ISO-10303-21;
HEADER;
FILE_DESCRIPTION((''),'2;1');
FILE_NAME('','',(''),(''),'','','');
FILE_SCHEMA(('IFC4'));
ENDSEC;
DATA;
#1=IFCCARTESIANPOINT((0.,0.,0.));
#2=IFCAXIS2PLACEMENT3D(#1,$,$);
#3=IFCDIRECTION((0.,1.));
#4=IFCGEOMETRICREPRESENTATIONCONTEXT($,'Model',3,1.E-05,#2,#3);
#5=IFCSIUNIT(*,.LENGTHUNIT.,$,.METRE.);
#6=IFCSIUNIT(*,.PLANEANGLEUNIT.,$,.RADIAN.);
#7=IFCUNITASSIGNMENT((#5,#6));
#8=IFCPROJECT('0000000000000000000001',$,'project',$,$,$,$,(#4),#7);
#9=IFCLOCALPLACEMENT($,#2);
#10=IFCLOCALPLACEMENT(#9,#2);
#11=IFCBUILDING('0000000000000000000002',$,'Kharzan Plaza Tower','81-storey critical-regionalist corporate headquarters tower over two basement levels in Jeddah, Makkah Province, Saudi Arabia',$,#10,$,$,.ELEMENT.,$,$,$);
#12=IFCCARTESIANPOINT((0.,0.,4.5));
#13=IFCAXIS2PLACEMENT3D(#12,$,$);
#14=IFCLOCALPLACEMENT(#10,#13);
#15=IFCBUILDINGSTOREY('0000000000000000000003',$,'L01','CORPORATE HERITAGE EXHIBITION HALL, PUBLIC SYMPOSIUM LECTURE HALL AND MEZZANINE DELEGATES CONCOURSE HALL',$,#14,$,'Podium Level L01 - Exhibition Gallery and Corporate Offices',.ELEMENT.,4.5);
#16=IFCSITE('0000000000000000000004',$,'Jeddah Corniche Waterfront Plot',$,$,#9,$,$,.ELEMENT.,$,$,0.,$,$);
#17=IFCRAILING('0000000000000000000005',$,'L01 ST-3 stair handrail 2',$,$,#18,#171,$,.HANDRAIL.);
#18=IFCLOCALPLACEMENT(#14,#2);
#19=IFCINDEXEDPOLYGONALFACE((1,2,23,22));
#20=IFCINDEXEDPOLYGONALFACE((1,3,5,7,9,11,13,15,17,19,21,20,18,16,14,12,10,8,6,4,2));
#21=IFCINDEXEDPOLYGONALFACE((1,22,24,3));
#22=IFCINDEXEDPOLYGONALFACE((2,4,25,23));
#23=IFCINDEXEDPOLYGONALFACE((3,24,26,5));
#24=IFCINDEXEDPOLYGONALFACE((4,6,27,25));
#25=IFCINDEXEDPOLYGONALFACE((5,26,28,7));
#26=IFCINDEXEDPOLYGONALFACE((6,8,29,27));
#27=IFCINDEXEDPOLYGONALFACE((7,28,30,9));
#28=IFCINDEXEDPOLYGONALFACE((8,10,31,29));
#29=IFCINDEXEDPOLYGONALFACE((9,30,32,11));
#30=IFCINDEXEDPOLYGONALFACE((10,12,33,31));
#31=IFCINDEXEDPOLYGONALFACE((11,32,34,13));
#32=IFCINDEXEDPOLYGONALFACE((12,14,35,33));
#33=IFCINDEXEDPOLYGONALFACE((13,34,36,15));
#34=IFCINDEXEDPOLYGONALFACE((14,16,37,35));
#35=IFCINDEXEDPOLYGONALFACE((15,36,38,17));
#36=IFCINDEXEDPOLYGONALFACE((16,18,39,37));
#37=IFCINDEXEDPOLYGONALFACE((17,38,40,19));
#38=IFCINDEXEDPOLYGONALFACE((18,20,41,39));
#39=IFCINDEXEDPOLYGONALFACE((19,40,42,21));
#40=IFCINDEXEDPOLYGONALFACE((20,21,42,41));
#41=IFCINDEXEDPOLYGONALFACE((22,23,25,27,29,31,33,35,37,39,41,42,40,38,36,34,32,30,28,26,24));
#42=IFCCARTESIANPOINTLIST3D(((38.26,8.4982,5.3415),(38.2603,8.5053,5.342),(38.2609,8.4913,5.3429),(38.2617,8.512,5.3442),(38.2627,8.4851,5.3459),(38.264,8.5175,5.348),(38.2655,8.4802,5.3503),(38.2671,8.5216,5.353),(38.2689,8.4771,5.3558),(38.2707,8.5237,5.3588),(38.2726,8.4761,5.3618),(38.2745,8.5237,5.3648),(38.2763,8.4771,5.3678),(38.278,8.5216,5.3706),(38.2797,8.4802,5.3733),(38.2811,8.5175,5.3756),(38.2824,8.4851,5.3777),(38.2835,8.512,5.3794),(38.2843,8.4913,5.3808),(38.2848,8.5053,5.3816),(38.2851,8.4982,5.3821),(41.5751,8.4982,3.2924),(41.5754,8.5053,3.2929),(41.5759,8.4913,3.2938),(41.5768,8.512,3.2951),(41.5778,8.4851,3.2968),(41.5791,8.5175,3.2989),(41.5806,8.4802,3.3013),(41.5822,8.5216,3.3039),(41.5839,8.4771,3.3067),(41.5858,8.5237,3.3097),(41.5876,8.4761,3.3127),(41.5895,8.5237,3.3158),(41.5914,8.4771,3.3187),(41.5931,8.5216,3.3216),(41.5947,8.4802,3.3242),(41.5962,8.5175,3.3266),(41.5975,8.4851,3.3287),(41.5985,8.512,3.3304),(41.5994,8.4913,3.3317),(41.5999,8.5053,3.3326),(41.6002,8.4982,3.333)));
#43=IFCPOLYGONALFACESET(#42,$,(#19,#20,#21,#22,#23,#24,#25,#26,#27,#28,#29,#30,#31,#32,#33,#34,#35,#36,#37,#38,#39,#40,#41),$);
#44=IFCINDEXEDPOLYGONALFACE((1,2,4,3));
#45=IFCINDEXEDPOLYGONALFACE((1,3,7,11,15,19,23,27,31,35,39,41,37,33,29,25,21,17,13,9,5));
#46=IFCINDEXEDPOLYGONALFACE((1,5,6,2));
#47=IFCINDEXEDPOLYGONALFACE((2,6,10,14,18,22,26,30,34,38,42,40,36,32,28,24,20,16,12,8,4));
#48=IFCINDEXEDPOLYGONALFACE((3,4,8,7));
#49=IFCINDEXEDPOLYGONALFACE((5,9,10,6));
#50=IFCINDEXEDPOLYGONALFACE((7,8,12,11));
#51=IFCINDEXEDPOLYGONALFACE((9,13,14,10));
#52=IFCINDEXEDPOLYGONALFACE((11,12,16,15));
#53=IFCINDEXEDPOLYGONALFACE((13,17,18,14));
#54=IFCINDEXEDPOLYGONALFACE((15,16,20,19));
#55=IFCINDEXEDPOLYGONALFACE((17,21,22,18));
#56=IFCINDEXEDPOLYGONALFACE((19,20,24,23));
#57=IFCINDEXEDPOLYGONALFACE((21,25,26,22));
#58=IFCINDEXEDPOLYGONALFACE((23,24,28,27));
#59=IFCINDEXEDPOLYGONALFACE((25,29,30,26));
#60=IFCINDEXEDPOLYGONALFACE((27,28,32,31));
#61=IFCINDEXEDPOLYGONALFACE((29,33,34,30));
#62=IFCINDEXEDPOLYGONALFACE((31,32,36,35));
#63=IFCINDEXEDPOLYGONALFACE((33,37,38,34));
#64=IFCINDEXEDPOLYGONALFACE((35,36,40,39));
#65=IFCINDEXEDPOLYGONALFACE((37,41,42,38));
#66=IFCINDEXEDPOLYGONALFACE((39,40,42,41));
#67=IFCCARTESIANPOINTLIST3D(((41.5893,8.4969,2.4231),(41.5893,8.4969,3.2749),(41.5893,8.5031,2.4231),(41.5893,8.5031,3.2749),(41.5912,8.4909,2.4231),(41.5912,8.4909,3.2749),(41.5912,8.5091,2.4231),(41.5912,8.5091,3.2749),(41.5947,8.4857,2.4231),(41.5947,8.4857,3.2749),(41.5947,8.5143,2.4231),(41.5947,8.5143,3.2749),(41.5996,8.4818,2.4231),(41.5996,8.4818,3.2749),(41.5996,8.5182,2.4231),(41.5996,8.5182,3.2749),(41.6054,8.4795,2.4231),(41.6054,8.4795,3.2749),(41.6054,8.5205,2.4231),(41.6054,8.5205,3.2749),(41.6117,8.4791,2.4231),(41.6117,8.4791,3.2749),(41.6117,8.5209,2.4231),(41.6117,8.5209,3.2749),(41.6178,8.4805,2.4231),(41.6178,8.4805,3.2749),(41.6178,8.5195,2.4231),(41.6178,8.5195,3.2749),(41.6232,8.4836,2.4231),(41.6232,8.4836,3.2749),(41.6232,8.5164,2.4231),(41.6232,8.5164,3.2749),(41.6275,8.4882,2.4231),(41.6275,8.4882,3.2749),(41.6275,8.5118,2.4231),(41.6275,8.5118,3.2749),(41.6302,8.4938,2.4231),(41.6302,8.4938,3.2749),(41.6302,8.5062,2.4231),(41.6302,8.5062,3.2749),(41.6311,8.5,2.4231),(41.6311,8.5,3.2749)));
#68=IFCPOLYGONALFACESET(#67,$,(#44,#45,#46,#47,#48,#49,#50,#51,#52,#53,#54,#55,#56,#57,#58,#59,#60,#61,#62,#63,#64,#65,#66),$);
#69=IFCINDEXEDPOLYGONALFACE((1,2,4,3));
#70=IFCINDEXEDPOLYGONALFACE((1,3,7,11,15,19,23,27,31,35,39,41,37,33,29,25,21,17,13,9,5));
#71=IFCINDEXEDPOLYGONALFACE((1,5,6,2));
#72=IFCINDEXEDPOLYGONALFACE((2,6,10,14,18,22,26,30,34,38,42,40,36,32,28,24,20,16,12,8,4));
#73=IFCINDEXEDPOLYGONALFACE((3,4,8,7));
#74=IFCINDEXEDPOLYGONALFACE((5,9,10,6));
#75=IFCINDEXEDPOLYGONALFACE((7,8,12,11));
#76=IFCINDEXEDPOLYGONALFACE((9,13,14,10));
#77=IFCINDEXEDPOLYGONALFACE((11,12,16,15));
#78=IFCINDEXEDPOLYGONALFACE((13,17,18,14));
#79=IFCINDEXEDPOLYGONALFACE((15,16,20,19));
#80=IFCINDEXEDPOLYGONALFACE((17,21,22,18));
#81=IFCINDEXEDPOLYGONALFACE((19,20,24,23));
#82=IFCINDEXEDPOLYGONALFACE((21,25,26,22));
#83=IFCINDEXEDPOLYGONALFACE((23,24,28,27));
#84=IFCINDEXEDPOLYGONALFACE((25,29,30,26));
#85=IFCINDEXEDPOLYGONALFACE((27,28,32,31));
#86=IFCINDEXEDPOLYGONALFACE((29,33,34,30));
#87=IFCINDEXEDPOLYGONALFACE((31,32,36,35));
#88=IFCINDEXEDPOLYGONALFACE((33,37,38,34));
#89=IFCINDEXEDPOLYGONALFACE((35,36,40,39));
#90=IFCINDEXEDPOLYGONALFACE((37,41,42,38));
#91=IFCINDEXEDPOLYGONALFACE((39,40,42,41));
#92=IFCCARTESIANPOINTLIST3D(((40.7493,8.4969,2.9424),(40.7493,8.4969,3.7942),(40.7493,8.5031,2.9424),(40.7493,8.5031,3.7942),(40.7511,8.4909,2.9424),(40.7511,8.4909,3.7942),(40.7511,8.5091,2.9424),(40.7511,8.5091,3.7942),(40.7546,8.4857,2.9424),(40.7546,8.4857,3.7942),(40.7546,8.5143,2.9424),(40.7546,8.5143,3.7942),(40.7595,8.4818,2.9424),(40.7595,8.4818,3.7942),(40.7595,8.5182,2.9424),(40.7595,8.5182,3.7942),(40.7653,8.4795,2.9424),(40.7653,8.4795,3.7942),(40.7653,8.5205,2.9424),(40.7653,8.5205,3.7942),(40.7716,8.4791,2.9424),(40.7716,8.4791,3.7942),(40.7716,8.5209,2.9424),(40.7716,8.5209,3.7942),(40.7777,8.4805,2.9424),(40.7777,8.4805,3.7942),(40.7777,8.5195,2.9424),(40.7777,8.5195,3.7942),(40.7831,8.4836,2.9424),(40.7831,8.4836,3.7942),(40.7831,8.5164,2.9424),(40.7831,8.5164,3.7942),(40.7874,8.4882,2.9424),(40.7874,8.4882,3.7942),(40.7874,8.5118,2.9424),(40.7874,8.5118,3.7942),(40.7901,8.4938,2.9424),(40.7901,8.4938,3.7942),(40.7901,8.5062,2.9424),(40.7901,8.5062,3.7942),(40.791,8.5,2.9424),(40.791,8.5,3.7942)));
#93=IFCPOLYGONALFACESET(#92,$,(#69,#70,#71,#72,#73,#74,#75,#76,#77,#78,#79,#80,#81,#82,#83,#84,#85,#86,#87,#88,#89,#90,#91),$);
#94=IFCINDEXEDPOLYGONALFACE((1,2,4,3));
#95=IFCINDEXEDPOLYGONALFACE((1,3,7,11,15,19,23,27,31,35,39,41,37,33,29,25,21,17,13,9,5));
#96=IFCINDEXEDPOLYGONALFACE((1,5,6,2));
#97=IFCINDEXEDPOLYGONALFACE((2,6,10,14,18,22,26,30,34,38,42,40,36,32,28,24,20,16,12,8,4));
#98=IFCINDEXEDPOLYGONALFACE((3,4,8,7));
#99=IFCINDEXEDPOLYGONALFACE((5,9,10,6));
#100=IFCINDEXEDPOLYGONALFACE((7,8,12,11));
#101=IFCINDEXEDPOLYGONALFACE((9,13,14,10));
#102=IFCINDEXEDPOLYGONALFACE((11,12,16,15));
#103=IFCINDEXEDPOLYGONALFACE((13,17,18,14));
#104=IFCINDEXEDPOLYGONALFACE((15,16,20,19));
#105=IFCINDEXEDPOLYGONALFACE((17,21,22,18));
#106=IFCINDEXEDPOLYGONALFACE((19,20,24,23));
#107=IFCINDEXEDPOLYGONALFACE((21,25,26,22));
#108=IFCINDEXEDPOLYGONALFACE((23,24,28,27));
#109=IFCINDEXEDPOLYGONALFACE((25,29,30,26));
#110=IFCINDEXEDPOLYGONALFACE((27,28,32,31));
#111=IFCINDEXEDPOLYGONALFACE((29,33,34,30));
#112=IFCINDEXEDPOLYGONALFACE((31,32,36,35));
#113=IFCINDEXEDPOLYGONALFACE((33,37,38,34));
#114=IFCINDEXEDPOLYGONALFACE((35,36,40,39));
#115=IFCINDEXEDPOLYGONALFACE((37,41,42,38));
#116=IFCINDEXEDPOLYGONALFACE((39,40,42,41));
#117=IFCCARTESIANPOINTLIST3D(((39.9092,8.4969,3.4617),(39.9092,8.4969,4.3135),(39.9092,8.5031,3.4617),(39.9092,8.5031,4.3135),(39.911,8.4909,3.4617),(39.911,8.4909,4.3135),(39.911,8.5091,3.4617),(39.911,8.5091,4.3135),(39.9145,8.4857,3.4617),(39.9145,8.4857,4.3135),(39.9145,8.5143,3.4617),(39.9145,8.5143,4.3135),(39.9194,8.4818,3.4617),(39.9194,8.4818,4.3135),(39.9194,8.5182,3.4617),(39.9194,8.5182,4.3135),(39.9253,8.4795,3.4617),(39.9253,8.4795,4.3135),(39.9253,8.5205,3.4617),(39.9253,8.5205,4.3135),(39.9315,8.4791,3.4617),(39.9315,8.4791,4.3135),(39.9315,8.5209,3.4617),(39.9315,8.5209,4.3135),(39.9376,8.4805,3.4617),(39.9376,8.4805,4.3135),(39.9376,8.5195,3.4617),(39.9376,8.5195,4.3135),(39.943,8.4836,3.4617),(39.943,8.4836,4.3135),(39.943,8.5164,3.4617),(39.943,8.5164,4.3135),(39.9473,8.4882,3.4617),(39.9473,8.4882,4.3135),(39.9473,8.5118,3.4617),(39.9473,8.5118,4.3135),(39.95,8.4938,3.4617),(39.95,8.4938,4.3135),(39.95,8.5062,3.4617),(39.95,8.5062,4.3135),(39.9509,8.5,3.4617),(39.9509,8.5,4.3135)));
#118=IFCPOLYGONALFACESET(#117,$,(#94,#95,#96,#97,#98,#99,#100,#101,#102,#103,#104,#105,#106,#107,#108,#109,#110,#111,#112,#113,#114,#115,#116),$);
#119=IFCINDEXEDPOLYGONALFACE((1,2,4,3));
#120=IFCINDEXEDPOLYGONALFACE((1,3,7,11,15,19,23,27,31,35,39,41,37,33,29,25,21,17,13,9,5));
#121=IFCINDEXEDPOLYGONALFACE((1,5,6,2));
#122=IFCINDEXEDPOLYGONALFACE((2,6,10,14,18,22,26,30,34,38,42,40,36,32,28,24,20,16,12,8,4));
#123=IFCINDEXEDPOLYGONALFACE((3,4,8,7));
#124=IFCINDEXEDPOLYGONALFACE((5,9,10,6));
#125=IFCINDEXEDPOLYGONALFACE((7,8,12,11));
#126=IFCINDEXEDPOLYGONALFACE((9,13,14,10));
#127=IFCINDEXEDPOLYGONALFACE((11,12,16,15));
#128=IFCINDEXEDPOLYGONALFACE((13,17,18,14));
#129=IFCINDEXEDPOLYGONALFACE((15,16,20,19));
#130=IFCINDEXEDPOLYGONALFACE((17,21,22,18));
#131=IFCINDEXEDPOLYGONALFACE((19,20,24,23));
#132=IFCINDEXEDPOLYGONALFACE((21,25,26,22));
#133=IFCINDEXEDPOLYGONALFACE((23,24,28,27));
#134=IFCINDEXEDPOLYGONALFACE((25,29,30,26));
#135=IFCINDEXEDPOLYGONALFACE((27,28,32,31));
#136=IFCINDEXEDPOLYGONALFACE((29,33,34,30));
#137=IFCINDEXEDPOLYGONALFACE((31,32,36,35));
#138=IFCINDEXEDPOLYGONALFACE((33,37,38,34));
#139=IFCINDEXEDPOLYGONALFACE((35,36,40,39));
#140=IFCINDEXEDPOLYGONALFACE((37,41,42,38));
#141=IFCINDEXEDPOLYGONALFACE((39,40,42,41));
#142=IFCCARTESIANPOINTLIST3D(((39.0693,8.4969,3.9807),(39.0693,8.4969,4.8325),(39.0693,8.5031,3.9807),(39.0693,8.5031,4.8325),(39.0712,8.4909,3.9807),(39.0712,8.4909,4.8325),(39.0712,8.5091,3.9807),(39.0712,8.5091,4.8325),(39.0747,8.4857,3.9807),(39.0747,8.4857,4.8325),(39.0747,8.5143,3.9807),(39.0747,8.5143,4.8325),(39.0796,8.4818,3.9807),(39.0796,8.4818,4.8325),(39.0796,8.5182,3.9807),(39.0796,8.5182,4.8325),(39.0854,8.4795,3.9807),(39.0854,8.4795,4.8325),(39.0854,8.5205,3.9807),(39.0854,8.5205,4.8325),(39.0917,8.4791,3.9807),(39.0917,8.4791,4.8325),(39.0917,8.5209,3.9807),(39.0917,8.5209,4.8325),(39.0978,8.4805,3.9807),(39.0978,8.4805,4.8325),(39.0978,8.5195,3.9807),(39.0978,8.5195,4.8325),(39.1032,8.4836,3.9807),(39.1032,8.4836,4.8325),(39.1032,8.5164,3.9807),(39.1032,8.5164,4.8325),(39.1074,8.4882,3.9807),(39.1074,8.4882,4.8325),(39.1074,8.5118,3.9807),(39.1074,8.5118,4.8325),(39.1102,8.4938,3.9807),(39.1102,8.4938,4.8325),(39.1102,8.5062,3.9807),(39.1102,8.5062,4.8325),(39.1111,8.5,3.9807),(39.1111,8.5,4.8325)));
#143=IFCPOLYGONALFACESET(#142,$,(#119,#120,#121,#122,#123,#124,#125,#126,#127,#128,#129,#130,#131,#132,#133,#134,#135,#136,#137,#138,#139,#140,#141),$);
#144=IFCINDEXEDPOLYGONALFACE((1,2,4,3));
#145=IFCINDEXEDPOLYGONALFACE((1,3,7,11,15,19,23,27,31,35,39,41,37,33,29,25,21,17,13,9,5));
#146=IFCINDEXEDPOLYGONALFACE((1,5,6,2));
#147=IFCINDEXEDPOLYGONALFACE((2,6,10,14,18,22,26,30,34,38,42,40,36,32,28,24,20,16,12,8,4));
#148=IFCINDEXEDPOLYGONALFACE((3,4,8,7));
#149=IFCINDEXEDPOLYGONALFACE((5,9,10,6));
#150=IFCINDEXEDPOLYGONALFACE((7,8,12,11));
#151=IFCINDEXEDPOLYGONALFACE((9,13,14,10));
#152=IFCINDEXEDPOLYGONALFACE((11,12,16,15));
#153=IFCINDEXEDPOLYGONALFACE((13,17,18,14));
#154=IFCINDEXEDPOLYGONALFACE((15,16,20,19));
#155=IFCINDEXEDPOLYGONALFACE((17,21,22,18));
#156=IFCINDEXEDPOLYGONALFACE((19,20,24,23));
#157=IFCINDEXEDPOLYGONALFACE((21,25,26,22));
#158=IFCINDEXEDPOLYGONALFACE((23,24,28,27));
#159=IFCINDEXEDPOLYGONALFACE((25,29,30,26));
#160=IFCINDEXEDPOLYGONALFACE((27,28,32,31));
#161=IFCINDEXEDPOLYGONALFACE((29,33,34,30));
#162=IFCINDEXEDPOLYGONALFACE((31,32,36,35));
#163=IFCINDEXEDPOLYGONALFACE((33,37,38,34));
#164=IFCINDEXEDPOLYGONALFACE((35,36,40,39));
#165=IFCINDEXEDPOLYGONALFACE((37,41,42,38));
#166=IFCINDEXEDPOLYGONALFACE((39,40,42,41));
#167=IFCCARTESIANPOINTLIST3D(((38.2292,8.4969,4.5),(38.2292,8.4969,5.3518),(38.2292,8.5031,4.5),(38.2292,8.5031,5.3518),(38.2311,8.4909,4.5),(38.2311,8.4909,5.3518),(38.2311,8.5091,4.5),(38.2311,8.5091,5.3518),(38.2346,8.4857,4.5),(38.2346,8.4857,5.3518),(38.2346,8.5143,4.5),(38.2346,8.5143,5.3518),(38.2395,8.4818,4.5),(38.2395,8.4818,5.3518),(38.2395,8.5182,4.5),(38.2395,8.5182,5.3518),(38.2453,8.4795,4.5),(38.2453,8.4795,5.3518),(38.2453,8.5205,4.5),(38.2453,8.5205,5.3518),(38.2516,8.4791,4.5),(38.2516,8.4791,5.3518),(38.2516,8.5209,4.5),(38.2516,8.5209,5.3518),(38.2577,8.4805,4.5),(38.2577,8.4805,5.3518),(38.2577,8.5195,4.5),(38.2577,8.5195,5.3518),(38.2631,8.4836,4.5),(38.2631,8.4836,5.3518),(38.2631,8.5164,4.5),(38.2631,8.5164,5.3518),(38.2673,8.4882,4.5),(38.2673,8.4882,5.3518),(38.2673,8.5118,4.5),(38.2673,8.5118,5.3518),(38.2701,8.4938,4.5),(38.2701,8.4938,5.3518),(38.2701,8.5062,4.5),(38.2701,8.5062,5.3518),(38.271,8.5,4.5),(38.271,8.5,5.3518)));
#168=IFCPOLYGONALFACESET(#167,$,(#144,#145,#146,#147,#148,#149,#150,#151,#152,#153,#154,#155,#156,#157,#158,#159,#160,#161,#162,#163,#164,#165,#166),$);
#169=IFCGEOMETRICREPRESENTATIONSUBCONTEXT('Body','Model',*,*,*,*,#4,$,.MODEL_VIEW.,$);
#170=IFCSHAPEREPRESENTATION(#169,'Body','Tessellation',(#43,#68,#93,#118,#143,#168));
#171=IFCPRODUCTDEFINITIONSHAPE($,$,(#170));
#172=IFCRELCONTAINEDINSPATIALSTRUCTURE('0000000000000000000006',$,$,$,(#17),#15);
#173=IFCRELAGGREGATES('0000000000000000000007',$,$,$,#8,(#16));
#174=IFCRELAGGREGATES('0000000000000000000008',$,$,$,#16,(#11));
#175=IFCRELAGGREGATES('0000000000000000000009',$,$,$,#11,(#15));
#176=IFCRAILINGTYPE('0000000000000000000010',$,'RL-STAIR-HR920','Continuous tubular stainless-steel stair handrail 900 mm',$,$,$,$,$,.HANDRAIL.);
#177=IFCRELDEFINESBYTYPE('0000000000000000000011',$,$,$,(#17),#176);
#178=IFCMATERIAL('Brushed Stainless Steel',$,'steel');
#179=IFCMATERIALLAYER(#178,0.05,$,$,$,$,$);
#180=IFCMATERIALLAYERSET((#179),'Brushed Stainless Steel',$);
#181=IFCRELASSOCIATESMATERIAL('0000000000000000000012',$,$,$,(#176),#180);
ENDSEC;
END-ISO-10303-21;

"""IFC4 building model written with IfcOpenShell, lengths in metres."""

from ifc_helpers import new_model, si_unit, direction, frame, origin, origin_2d, place, context, subcontext, project, spatial, circle, extrude, source, transform, mapped, material, layer, layer_set, type_object, element, save


model = new_model("IFC4")

# Units and contexts
model_context = context("Model", 3, precision=1e-05, world=origin(), true_north=direction((0.0, 1.0)))
body_context = subcontext(model_context, "Body", "Model", "MODEL_VIEW")
ifc_project = project(units=[si_unit("LENGTHUNIT", "METRE"), si_unit("PLANEANGLEUNIT", "RADIAN")], contexts=[model_context])

# Site, building, storey
site_placement = place(None, origin())
site = spatial("IfcSite", under=ifc_project, at=site_placement, Name="Jeddah Corniche Waterfront Plot", CompositionType="ELEMENT", RefElevation=0.0)
building_placement = place(site_placement, origin())
building = spatial("IfcBuilding", under=site, at=building_placement, Name="Kharzan Plaza Tower", Description="81-storey critical-regionalist corporate headquarters tower over two basement levels in Jeddah, Makkah Province, Saudi Arabia", CompositionType="ELEMENT")
storey_placement = place(building_placement, frame((0.0, 0.0, 4.5)))
storey = spatial("IfcBuildingStorey", under=building, at=storey_placement, Name="L01", Description="CORPORATE HERITAGE EXHIBITION HALL, PUBLIC SYMPOSIUM LECTURE HALL AND MEZZANINE DELEGATES CONCOURSE HALL", LongName="Podium Level L01 - Exhibition Gallery and Corporate Offices", CompositionType="ELEMENT", Elevation=4.5)

# Shared definitions
ifc_material_1 = material(Name="Brushed Stainless Steel", Category="steel")

# Railing
ifc_layer_1 = layer(ifc_material_1, 0.05)
ifc_layer_set_1 = layer_set([ifc_layer_1], Name="Brushed Stainless Steel")
railing_type_1 = type_object("IfcRailingType", Name="RL-STAIR-HR920", Description="Continuous tubular stainless-steel stair handrail 900 mm", PredefinedType="HANDRAIL", material=ifc_layer_set_1)
shared_shape_1 = source(origin(), body_context, "Body", "SweptSolid", [
    extrude(circle(Radius=0.0239, at=origin_2d()), frame((-0.0225, 0.0, 0.8896), z_axis=(-0.850623, 0.0, 0.525776), x_axis=(0.0, -1.0, 0.0)), (0.0, 0.0, 1.0), 3.8972),
    extrude(circle(Radius=0.021, at=origin_2d()), origin(), (0.0, 0.0, 1.0), 0.8518),
    extrude(circle(Radius=0.021, at=origin_2d()), frame((-0.8401, 0.0, 0.5193)), (0.0, 0.0, 1.0), 0.8518),
    extrude(circle(Radius=0.021, at=origin_2d()), frame((-1.6802, 0.0, 1.0386)), (0.0, 0.0, 1.0), 0.8518),
    extrude(circle(Radius=0.021, at=origin_2d()), frame((-2.52, 0.0, 1.5576)), (0.0, 0.0, 1.0), 0.8518),
    extrude(circle(Radius=0.021, at=origin_2d()), frame((-3.3601, 0.0, 2.0769)), (0.0, 0.0, 1.0), 0.8518),
])
railing_1_placement = place(storey_placement, frame((41.6101, 8.5, 2.4231)))
element("IfcRailing", 1, at=railing_1_placement, inside=storey, type_object=railing_type_1, Name="L01 ST-3 stair handrail 2", PredefinedType="HANDRAIL", context=body_context, shape_type="MappedRepresentation", body=[
    mapped(shared_shape_1, transform((0.0, 0.0, 0.0), x_axis=(1.0, 0.0, 0.0), y_axis=(0.0, 1.0, 0.0), z_axis=(0.0, 0.0, 1.0))),
])

save(model, "model.ifc")
